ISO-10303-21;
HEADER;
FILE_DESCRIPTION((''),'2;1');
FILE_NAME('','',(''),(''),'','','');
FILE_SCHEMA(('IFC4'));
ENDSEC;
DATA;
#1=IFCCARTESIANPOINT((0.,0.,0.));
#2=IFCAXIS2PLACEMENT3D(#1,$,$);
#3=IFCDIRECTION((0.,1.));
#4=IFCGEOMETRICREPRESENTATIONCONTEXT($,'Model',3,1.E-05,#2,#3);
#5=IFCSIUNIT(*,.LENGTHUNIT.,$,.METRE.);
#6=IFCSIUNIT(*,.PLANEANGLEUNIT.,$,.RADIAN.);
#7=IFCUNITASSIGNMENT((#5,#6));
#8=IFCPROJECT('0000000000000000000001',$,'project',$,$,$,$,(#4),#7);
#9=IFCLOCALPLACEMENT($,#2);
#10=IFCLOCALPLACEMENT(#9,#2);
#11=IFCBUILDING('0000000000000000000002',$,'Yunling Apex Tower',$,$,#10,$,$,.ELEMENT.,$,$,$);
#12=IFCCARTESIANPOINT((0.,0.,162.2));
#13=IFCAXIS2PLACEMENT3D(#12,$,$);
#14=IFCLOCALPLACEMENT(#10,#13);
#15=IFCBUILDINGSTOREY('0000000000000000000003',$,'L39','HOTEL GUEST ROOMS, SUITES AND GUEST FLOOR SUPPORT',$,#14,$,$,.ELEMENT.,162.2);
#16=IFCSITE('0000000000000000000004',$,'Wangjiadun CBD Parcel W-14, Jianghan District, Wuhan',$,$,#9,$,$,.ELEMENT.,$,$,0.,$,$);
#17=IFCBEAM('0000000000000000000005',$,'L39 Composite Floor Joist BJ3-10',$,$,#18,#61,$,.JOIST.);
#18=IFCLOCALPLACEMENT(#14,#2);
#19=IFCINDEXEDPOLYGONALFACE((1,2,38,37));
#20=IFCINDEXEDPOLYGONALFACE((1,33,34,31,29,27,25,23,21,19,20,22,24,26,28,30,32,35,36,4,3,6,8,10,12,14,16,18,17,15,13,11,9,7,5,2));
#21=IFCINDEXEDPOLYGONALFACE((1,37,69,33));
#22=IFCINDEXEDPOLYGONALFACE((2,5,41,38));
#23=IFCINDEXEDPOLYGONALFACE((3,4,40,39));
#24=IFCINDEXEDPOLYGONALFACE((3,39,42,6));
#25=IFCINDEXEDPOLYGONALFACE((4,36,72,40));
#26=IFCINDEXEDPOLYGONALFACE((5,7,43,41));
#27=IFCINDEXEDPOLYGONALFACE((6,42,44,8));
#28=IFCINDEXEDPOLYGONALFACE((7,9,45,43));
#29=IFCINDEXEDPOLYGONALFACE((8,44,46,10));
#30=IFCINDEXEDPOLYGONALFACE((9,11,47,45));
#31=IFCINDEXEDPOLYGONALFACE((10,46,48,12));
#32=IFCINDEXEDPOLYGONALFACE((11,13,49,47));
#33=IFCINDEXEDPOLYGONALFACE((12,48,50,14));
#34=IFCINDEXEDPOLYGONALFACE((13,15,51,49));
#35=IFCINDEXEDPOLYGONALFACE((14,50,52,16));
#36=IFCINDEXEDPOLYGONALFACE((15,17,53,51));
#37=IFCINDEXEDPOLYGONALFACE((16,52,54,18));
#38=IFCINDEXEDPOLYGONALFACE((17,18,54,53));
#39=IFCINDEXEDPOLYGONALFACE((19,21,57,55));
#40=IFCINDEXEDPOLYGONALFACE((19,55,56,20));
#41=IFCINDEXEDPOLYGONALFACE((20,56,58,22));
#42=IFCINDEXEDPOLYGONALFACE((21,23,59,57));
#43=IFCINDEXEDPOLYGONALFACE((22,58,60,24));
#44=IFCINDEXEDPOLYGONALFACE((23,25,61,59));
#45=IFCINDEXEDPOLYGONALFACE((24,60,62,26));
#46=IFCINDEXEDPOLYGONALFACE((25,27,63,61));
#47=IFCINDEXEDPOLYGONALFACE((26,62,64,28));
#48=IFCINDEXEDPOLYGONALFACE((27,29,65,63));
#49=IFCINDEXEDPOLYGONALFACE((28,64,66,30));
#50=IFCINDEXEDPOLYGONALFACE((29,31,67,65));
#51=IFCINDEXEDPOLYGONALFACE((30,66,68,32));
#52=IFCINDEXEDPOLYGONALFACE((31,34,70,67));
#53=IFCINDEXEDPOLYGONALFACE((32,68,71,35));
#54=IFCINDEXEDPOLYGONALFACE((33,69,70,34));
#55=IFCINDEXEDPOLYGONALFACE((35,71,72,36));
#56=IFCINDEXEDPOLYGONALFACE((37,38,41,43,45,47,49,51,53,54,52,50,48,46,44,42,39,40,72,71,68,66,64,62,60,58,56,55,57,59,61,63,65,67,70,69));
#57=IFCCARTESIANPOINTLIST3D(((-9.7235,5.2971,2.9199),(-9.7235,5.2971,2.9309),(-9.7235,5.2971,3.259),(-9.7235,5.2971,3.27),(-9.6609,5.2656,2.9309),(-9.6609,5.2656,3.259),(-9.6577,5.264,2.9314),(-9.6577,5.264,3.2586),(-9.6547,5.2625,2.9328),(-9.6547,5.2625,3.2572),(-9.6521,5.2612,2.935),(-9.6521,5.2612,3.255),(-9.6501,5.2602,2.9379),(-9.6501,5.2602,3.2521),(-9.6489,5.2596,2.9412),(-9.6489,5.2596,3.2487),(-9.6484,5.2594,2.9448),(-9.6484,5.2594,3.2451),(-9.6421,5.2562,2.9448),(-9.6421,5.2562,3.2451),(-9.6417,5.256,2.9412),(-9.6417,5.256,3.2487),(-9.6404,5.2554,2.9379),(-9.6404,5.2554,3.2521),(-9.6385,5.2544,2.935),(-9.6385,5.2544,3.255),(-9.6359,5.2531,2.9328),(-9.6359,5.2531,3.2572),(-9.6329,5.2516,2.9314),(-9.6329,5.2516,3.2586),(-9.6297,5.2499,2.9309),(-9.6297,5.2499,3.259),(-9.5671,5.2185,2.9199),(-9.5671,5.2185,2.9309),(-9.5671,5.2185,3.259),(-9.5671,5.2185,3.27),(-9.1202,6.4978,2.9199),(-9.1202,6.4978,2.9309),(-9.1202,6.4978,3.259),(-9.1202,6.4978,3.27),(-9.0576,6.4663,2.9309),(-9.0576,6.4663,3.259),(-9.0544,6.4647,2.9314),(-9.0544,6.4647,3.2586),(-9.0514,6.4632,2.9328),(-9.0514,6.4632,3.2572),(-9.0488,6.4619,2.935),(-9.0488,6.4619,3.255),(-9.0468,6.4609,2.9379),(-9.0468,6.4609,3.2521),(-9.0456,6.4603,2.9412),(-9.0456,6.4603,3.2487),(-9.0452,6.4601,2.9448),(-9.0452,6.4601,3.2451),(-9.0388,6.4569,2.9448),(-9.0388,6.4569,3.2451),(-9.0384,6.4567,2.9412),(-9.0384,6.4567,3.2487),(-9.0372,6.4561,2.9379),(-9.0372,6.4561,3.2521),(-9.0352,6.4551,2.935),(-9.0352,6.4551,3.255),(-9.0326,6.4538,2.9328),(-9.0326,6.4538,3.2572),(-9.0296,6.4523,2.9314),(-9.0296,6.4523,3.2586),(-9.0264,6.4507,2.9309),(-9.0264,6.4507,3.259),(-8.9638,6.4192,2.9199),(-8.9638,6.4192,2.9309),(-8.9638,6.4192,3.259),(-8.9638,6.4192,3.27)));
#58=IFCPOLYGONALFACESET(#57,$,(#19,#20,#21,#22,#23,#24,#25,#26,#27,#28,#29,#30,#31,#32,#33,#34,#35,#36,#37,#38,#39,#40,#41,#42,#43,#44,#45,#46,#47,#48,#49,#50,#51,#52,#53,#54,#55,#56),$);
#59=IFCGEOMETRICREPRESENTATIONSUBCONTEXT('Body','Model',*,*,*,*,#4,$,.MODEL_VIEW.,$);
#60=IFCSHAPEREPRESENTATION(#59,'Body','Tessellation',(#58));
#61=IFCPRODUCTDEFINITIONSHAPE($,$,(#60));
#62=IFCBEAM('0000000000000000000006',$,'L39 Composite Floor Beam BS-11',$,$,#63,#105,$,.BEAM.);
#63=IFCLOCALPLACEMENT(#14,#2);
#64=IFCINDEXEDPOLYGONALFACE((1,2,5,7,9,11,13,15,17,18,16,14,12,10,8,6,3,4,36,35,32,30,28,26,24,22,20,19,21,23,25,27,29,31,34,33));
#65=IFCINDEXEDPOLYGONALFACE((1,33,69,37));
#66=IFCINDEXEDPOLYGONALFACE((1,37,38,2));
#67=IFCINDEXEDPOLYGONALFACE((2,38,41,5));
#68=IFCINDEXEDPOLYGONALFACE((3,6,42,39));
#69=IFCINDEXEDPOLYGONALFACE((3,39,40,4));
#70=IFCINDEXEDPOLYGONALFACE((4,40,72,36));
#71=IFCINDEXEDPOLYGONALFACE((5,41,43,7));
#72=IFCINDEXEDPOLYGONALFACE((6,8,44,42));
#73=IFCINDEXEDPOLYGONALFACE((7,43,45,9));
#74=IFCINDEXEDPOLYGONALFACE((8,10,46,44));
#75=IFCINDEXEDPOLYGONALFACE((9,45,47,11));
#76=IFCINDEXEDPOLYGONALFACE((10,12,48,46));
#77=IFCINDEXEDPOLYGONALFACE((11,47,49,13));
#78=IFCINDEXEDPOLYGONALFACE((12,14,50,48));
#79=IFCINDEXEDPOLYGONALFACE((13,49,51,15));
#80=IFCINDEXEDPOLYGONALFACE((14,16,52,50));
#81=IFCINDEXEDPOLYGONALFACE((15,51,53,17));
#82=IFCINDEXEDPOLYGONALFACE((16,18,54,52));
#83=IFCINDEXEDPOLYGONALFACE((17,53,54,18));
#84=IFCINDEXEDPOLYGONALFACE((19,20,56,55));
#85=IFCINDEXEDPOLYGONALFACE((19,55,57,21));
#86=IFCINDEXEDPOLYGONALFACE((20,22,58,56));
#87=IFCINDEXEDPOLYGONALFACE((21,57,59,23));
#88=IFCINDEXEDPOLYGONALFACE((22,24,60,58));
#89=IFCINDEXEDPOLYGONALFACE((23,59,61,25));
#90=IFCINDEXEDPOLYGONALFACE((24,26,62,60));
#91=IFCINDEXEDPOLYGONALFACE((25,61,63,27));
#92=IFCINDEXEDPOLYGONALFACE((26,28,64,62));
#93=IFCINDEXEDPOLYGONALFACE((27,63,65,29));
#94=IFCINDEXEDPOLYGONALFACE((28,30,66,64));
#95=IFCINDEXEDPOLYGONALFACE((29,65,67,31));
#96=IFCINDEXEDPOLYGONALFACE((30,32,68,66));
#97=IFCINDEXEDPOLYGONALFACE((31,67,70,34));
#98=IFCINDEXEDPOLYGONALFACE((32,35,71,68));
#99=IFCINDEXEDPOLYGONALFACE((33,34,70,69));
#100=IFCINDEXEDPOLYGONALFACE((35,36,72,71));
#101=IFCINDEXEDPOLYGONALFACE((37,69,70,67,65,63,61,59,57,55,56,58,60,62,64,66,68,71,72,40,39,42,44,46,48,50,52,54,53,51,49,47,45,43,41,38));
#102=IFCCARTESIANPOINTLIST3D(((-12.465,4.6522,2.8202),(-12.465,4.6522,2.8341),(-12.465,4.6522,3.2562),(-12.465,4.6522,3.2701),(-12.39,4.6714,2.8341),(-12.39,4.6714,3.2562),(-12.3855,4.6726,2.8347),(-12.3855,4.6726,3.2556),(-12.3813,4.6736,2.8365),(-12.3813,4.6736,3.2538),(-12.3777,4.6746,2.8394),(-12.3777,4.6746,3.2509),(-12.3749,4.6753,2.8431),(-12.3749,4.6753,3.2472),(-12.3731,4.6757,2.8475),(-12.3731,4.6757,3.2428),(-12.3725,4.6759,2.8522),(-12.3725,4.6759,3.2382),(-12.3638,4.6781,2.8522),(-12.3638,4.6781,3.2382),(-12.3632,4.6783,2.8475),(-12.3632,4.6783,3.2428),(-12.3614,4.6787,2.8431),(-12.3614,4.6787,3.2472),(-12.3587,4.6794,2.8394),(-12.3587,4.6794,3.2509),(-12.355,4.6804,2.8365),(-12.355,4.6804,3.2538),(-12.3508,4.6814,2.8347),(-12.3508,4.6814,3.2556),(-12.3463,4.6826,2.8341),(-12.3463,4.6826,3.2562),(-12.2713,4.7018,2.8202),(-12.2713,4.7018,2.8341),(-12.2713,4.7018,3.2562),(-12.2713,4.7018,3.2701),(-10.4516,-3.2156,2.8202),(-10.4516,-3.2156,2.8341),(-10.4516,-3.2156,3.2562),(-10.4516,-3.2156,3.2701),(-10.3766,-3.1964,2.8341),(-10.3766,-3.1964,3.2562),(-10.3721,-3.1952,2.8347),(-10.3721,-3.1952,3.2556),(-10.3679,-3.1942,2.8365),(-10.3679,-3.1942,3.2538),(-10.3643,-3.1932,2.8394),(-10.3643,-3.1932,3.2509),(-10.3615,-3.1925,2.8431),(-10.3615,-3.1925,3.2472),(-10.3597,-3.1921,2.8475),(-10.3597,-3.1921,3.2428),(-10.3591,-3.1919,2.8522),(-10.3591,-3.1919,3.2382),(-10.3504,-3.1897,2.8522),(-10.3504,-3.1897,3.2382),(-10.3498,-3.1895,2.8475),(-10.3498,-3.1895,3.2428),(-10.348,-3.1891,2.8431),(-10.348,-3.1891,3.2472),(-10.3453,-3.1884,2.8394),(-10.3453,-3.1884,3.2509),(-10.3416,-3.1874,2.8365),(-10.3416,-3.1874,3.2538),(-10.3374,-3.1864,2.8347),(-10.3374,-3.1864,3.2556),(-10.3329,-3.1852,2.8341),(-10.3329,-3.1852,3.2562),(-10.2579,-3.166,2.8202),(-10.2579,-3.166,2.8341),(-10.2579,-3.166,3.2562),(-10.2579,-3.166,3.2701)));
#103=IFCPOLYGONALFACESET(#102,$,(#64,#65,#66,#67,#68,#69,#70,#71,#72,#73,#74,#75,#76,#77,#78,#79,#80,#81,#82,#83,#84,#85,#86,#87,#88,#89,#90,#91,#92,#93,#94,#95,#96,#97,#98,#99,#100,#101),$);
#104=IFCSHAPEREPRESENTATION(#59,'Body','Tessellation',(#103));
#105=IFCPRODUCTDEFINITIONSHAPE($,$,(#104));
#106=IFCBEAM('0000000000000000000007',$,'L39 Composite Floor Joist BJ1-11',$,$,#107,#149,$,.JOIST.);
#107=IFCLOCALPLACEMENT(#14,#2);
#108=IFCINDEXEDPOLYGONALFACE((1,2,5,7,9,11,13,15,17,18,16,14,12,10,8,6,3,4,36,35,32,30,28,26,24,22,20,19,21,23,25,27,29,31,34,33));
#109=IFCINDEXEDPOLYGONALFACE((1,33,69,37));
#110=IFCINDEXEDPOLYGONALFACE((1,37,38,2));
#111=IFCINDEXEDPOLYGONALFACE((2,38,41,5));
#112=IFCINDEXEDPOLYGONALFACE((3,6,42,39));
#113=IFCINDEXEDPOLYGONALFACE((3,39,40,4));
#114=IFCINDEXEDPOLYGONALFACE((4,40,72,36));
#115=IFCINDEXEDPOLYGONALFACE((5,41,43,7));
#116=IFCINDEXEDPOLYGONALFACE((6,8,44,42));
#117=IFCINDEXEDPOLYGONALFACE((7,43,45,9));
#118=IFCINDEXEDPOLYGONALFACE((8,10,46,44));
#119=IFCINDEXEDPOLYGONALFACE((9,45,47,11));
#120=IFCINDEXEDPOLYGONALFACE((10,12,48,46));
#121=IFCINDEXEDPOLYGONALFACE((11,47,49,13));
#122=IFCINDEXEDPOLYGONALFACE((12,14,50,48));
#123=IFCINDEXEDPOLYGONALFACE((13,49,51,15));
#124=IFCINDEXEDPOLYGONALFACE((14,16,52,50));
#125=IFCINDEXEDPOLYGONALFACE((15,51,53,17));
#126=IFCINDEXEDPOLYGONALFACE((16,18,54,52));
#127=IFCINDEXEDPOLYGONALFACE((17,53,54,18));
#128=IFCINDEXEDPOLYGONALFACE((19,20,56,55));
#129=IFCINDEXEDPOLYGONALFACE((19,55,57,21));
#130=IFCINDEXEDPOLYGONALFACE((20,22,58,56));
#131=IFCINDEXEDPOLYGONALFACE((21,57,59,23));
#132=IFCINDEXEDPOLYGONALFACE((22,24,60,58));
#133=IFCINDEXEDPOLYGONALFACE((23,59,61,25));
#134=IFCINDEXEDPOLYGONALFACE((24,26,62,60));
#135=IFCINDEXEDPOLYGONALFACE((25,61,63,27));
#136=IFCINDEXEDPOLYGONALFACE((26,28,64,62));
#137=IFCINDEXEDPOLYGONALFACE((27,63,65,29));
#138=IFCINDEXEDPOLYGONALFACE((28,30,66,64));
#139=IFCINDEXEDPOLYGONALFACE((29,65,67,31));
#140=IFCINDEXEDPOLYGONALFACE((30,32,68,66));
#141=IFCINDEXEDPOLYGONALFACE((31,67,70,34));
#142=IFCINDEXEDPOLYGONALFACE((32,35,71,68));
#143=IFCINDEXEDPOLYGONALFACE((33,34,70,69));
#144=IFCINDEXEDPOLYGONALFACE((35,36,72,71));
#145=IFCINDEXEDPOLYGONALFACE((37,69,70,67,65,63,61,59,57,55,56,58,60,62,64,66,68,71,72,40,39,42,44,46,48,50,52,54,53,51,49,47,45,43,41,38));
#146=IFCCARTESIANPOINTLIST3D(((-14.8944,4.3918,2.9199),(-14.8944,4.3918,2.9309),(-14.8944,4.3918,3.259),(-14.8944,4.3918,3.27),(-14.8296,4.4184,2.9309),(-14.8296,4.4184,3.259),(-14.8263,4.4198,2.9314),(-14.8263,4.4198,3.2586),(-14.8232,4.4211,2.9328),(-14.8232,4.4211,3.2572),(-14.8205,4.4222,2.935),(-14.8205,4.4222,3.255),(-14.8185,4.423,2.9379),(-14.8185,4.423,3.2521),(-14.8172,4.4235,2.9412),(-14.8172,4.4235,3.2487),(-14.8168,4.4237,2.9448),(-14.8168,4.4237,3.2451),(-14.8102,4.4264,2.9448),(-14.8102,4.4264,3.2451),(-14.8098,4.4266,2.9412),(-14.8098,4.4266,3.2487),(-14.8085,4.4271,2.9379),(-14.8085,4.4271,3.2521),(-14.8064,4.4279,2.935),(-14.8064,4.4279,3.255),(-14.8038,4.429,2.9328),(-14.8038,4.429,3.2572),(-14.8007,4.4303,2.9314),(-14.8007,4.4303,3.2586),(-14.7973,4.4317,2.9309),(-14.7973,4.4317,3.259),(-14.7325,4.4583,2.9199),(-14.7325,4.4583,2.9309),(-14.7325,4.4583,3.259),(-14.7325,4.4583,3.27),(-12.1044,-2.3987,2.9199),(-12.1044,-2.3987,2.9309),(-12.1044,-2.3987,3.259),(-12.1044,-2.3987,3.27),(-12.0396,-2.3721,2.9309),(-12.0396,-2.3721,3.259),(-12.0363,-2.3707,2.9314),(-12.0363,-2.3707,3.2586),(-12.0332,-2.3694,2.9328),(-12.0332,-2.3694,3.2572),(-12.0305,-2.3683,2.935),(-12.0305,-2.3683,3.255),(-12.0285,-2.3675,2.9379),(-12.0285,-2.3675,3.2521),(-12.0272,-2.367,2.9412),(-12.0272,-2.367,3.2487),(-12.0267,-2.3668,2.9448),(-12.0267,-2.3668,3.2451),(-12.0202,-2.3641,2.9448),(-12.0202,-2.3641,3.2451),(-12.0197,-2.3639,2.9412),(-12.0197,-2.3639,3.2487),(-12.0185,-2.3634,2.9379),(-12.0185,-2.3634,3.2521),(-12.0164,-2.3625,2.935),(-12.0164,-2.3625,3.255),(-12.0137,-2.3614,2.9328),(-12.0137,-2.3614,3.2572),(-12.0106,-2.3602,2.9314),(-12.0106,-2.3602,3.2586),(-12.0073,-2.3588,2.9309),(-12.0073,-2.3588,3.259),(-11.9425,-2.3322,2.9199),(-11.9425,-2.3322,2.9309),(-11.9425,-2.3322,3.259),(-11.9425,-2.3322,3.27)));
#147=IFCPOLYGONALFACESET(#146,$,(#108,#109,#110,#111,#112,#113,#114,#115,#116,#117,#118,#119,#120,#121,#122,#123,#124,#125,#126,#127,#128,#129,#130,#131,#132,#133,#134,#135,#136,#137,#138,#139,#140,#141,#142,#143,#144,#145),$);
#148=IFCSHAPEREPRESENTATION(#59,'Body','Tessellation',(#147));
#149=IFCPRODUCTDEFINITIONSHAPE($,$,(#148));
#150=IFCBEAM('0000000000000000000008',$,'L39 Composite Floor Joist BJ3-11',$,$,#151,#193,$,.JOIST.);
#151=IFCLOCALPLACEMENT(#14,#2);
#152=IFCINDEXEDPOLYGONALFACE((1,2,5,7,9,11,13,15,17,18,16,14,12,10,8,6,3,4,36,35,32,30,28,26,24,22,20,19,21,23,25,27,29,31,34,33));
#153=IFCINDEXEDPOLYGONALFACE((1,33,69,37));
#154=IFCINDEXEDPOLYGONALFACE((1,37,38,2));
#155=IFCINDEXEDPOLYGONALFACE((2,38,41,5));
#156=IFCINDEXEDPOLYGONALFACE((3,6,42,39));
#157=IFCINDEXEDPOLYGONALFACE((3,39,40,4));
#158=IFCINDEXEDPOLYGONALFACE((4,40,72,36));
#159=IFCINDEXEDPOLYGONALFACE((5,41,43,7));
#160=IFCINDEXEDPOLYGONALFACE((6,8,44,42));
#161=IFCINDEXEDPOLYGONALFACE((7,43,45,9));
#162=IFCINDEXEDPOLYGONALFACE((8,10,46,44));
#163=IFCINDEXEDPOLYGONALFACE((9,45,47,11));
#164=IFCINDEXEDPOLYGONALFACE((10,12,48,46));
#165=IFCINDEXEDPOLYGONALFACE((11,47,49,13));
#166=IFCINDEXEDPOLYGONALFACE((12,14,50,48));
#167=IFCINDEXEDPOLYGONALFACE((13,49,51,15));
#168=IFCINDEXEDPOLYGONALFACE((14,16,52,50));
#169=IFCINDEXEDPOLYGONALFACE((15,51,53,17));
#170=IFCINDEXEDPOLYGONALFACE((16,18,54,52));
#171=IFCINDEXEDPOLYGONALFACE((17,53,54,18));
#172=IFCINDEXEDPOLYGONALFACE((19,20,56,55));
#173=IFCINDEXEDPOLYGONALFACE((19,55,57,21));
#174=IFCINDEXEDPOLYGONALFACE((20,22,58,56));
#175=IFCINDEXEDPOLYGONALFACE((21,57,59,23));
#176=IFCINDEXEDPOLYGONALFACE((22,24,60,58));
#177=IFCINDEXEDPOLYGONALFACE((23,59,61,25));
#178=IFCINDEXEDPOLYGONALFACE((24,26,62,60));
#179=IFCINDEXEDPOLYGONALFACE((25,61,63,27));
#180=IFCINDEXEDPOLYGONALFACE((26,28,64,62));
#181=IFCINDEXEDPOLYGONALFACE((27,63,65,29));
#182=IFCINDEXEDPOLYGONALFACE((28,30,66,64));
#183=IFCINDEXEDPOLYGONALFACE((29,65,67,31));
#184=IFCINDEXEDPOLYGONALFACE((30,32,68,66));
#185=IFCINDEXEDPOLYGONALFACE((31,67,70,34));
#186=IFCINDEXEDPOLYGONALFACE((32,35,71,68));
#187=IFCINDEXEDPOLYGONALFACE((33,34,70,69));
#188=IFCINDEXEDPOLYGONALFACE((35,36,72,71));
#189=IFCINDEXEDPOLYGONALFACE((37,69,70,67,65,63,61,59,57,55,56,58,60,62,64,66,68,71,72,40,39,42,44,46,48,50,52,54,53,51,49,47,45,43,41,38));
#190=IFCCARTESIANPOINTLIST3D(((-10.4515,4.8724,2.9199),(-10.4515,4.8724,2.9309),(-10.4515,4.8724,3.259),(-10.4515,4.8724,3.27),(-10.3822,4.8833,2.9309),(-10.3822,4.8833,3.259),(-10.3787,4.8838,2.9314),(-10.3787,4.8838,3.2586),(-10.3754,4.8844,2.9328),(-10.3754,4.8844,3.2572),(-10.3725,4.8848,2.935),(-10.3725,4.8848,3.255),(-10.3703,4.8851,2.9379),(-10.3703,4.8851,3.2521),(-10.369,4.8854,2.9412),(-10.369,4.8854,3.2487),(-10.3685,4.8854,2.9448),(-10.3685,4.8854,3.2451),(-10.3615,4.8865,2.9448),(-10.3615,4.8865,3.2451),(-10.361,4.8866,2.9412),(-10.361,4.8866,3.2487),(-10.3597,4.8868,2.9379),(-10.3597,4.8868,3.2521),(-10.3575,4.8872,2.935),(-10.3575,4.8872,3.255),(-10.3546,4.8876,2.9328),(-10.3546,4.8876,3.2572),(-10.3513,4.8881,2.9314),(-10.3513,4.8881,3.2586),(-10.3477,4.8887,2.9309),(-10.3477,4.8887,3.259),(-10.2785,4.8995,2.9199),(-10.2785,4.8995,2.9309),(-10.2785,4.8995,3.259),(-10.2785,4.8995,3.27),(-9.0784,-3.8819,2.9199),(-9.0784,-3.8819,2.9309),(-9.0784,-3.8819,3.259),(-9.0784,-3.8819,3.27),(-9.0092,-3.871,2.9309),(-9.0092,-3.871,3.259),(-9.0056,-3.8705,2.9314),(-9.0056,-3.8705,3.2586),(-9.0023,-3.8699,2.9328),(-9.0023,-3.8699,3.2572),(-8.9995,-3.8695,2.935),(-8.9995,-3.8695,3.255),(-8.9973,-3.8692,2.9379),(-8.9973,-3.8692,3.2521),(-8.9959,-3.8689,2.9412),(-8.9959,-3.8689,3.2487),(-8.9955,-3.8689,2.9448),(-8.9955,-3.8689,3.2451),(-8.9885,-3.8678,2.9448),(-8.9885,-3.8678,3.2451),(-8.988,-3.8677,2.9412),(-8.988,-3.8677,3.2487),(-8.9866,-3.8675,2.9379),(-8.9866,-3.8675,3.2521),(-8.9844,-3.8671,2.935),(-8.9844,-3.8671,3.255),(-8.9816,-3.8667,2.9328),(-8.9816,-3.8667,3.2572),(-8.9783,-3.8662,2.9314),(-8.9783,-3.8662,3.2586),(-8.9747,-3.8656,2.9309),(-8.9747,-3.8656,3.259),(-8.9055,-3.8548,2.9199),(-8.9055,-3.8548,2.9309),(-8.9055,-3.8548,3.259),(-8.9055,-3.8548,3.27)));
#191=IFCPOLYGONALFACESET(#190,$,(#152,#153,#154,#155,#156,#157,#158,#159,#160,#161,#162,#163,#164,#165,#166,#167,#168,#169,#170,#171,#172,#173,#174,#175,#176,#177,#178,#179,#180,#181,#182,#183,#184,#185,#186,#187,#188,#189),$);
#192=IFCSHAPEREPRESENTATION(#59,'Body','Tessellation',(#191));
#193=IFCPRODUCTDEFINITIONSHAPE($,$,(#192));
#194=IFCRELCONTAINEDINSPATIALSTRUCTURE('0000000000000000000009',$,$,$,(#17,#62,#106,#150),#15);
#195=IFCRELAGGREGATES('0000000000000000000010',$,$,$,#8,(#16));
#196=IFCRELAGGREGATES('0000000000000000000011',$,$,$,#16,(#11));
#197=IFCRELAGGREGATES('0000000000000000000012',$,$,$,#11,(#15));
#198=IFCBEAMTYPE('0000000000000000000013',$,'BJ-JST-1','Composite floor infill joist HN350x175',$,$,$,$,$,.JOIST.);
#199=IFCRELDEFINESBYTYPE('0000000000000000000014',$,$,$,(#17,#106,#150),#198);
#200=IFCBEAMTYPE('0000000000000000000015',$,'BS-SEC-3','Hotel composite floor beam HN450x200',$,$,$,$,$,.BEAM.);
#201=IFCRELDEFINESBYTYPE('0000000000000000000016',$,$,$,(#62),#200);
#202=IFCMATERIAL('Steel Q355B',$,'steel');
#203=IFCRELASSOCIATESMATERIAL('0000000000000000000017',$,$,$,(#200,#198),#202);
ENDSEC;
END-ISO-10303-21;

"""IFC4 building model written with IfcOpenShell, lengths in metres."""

from ifc_helpers import new_model, si_unit, direction, frame, origin, origin_2d, place, context, subcontext, project, spatial, i_section, extrude, source, transform, mapped, material, material_profile, profile_set, type_object, element, save


model = new_model("IFC4")

# Units and contexts
model_context = context("Model", 3, precision=1e-05, world=origin(), true_north=direction((0.0, 1.0)))
body_context = subcontext(model_context, "Body", "Model", "MODEL_VIEW")
ifc_project = project(units=[si_unit("LENGTHUNIT", "METRE"), si_unit("PLANEANGLEUNIT", "RADIAN")], contexts=[model_context])

# Site, building, storey
site_placement = place(None, origin())
site = spatial("IfcSite", under=ifc_project, at=site_placement, Name="Wangjiadun CBD Parcel W-14, Jianghan District, Wuhan", CompositionType="ELEMENT", RefElevation=0.0)
building_placement = place(site_placement, origin())
building = spatial("IfcBuilding", under=site, at=building_placement, Name="Yunling Apex Tower", CompositionType="ELEMENT")
storey_placement = place(building_placement, frame((0.0, 0.0, 162.2)))
storey = spatial("IfcBuildingStorey", under=building, at=storey_placement, Name="L39", Description="HOTEL GUEST ROOMS, SUITES AND GUEST FLOOR SUPPORT", CompositionType="ELEMENT", Elevation=162.2)

# Beams
ifc_material_1 = material(Name="Steel Q355B", Category="steel")
ifc_material_profile_1 = material_profile(ifc_material_1, i_section(OverallWidth=0.2, OverallDepth=0.45, WebThickness=0.009, FlangeThickness=0.0139, FilletRadius=0.0181, at=origin_2d()))
ifc_profile_set_1 = profile_set([ifc_material_profile_1], Name="Steel Q355B")
beam_type_1 = type_object("IfcBeamType", Name="BS-SEC-3", Description="Hotel composite floor beam HN450x200", PredefinedType="BEAM", material=ifc_profile_set_1)
ifc_material_profile_2 = material_profile(ifc_material_1, i_section(OverallWidth=0.175, OverallDepth=0.3501, WebThickness=0.0071, FlangeThickness=0.011, FilletRadius=0.0139, at=origin_2d()))
ifc_profile_set_2 = profile_set([ifc_material_profile_2], Name="Steel Q355B")
beam_type_2 = type_object("IfcBeamType", Name="BJ-JST-1", Description="Composite floor infill joist HN350x175", PredefinedType="JOIST", material=ifc_profile_set_2)
shared_shape_1 = source(origin(), body_context, "Body", "SweptSolid", [
    extrude(i_section(OverallWidth=0.175, OverallDepth=0.3501, WebThickness=0.0071, FlangeThickness=0.011, FilletRadius=0.0139, at=origin_2d()), origin(), (0.0, 0.0, 1.0), 1.3438),
])
beam_1_placement = place(storey_placement, frame((-9.042, 6.4585, 3.095), z_axis=(-0.448957, -0.893553, 0.0), x_axis=(0.893553, -0.448957, 0.0)))
element("IfcBeam", 1, at=beam_1_placement, inside=storey, type_object=beam_type_2, Name="L39 Composite Floor Joist BJ3-10", PredefinedType="JOIST", context=body_context, shape_type="MappedRepresentation", body=[
    mapped(shared_shape_1, transform((0.0, 0.0, 0.0), scale=1.0)),
])
shared_shape_2 = source(origin(), body_context, "Body", "SweptSolid", [
    extrude(i_section(OverallWidth=0.2, OverallDepth=0.45, WebThickness=0.009, FlangeThickness=0.0139, FilletRadius=0.0181, at=origin_2d()), origin(), (0.0, 0.0, 1.0), 8.1213),
])
beam_2_placement = place(storey_placement, frame((-12.3682, 4.677, 3.0452), z_axis=(0.247915, -0.968782, 0.0), x_axis=(0.968782, 0.247915, 0.0)))
element("IfcBeam", 2, at=beam_2_placement, inside=storey, type_object=beam_type_1, Name="L39 Composite Floor Beam BS-11", PredefinedType="BEAM", context=body_context, shape_type="MappedRepresentation", body=[
    mapped(shared_shape_2, transform((0.0, 0.0, 0.0), scale=1.0)),
])
shared_shape_3 = source(origin(), body_context, "Body", "SweptSolid", [
    extrude(i_section(OverallWidth=0.175, OverallDepth=0.3501, WebThickness=0.0071, FlangeThickness=0.011, FilletRadius=0.0139, at=origin_2d()), origin(), (0.0, 0.0, 1.0), 7.3413),
])
beam_3_placement = place(storey_placement, frame((-14.8135, 4.425, 3.095), z_axis=(0.380044, -0.924968, 0.0), x_axis=(0.924968, 0.380044, 0.0)))
element("IfcBeam", 3, at=beam_3_placement, inside=storey, type_object=beam_type_2, Name="L39 Composite Floor Joist BJ1-11", PredefinedType="JOIST", context=body_context, shape_type="MappedRepresentation", body=[
    mapped(shared_shape_3, transform((0.0, 0.0, 0.0), scale=1.0)),
])
shared_shape_4 = source(origin(), body_context, "Body", "SweptSolid", [
    extrude(i_section(OverallWidth=0.175, OverallDepth=0.3501, WebThickness=0.0071, FlangeThickness=0.011, FilletRadius=0.0139, at=origin_2d()), origin(), (0.0, 0.0, 1.0), 8.8613),
])
beam_4_placement = place(storey_placement, frame((-10.365, 4.886, 3.095), z_axis=(0.154947, -0.987923, 0.0), x_axis=(0.987923, 0.154947, 0.0)))
element("IfcBeam", 4, at=beam_4_placement, inside=storey, type_object=beam_type_2, Name="L39 Composite Floor Joist BJ3-11", PredefinedType="JOIST", context=body_context, shape_type="MappedRepresentation", body=[
    mapped(shared_shape_4, transform((0.0, 0.0, 0.0), scale=1.0)),
])

save(model, "model.ifc")
